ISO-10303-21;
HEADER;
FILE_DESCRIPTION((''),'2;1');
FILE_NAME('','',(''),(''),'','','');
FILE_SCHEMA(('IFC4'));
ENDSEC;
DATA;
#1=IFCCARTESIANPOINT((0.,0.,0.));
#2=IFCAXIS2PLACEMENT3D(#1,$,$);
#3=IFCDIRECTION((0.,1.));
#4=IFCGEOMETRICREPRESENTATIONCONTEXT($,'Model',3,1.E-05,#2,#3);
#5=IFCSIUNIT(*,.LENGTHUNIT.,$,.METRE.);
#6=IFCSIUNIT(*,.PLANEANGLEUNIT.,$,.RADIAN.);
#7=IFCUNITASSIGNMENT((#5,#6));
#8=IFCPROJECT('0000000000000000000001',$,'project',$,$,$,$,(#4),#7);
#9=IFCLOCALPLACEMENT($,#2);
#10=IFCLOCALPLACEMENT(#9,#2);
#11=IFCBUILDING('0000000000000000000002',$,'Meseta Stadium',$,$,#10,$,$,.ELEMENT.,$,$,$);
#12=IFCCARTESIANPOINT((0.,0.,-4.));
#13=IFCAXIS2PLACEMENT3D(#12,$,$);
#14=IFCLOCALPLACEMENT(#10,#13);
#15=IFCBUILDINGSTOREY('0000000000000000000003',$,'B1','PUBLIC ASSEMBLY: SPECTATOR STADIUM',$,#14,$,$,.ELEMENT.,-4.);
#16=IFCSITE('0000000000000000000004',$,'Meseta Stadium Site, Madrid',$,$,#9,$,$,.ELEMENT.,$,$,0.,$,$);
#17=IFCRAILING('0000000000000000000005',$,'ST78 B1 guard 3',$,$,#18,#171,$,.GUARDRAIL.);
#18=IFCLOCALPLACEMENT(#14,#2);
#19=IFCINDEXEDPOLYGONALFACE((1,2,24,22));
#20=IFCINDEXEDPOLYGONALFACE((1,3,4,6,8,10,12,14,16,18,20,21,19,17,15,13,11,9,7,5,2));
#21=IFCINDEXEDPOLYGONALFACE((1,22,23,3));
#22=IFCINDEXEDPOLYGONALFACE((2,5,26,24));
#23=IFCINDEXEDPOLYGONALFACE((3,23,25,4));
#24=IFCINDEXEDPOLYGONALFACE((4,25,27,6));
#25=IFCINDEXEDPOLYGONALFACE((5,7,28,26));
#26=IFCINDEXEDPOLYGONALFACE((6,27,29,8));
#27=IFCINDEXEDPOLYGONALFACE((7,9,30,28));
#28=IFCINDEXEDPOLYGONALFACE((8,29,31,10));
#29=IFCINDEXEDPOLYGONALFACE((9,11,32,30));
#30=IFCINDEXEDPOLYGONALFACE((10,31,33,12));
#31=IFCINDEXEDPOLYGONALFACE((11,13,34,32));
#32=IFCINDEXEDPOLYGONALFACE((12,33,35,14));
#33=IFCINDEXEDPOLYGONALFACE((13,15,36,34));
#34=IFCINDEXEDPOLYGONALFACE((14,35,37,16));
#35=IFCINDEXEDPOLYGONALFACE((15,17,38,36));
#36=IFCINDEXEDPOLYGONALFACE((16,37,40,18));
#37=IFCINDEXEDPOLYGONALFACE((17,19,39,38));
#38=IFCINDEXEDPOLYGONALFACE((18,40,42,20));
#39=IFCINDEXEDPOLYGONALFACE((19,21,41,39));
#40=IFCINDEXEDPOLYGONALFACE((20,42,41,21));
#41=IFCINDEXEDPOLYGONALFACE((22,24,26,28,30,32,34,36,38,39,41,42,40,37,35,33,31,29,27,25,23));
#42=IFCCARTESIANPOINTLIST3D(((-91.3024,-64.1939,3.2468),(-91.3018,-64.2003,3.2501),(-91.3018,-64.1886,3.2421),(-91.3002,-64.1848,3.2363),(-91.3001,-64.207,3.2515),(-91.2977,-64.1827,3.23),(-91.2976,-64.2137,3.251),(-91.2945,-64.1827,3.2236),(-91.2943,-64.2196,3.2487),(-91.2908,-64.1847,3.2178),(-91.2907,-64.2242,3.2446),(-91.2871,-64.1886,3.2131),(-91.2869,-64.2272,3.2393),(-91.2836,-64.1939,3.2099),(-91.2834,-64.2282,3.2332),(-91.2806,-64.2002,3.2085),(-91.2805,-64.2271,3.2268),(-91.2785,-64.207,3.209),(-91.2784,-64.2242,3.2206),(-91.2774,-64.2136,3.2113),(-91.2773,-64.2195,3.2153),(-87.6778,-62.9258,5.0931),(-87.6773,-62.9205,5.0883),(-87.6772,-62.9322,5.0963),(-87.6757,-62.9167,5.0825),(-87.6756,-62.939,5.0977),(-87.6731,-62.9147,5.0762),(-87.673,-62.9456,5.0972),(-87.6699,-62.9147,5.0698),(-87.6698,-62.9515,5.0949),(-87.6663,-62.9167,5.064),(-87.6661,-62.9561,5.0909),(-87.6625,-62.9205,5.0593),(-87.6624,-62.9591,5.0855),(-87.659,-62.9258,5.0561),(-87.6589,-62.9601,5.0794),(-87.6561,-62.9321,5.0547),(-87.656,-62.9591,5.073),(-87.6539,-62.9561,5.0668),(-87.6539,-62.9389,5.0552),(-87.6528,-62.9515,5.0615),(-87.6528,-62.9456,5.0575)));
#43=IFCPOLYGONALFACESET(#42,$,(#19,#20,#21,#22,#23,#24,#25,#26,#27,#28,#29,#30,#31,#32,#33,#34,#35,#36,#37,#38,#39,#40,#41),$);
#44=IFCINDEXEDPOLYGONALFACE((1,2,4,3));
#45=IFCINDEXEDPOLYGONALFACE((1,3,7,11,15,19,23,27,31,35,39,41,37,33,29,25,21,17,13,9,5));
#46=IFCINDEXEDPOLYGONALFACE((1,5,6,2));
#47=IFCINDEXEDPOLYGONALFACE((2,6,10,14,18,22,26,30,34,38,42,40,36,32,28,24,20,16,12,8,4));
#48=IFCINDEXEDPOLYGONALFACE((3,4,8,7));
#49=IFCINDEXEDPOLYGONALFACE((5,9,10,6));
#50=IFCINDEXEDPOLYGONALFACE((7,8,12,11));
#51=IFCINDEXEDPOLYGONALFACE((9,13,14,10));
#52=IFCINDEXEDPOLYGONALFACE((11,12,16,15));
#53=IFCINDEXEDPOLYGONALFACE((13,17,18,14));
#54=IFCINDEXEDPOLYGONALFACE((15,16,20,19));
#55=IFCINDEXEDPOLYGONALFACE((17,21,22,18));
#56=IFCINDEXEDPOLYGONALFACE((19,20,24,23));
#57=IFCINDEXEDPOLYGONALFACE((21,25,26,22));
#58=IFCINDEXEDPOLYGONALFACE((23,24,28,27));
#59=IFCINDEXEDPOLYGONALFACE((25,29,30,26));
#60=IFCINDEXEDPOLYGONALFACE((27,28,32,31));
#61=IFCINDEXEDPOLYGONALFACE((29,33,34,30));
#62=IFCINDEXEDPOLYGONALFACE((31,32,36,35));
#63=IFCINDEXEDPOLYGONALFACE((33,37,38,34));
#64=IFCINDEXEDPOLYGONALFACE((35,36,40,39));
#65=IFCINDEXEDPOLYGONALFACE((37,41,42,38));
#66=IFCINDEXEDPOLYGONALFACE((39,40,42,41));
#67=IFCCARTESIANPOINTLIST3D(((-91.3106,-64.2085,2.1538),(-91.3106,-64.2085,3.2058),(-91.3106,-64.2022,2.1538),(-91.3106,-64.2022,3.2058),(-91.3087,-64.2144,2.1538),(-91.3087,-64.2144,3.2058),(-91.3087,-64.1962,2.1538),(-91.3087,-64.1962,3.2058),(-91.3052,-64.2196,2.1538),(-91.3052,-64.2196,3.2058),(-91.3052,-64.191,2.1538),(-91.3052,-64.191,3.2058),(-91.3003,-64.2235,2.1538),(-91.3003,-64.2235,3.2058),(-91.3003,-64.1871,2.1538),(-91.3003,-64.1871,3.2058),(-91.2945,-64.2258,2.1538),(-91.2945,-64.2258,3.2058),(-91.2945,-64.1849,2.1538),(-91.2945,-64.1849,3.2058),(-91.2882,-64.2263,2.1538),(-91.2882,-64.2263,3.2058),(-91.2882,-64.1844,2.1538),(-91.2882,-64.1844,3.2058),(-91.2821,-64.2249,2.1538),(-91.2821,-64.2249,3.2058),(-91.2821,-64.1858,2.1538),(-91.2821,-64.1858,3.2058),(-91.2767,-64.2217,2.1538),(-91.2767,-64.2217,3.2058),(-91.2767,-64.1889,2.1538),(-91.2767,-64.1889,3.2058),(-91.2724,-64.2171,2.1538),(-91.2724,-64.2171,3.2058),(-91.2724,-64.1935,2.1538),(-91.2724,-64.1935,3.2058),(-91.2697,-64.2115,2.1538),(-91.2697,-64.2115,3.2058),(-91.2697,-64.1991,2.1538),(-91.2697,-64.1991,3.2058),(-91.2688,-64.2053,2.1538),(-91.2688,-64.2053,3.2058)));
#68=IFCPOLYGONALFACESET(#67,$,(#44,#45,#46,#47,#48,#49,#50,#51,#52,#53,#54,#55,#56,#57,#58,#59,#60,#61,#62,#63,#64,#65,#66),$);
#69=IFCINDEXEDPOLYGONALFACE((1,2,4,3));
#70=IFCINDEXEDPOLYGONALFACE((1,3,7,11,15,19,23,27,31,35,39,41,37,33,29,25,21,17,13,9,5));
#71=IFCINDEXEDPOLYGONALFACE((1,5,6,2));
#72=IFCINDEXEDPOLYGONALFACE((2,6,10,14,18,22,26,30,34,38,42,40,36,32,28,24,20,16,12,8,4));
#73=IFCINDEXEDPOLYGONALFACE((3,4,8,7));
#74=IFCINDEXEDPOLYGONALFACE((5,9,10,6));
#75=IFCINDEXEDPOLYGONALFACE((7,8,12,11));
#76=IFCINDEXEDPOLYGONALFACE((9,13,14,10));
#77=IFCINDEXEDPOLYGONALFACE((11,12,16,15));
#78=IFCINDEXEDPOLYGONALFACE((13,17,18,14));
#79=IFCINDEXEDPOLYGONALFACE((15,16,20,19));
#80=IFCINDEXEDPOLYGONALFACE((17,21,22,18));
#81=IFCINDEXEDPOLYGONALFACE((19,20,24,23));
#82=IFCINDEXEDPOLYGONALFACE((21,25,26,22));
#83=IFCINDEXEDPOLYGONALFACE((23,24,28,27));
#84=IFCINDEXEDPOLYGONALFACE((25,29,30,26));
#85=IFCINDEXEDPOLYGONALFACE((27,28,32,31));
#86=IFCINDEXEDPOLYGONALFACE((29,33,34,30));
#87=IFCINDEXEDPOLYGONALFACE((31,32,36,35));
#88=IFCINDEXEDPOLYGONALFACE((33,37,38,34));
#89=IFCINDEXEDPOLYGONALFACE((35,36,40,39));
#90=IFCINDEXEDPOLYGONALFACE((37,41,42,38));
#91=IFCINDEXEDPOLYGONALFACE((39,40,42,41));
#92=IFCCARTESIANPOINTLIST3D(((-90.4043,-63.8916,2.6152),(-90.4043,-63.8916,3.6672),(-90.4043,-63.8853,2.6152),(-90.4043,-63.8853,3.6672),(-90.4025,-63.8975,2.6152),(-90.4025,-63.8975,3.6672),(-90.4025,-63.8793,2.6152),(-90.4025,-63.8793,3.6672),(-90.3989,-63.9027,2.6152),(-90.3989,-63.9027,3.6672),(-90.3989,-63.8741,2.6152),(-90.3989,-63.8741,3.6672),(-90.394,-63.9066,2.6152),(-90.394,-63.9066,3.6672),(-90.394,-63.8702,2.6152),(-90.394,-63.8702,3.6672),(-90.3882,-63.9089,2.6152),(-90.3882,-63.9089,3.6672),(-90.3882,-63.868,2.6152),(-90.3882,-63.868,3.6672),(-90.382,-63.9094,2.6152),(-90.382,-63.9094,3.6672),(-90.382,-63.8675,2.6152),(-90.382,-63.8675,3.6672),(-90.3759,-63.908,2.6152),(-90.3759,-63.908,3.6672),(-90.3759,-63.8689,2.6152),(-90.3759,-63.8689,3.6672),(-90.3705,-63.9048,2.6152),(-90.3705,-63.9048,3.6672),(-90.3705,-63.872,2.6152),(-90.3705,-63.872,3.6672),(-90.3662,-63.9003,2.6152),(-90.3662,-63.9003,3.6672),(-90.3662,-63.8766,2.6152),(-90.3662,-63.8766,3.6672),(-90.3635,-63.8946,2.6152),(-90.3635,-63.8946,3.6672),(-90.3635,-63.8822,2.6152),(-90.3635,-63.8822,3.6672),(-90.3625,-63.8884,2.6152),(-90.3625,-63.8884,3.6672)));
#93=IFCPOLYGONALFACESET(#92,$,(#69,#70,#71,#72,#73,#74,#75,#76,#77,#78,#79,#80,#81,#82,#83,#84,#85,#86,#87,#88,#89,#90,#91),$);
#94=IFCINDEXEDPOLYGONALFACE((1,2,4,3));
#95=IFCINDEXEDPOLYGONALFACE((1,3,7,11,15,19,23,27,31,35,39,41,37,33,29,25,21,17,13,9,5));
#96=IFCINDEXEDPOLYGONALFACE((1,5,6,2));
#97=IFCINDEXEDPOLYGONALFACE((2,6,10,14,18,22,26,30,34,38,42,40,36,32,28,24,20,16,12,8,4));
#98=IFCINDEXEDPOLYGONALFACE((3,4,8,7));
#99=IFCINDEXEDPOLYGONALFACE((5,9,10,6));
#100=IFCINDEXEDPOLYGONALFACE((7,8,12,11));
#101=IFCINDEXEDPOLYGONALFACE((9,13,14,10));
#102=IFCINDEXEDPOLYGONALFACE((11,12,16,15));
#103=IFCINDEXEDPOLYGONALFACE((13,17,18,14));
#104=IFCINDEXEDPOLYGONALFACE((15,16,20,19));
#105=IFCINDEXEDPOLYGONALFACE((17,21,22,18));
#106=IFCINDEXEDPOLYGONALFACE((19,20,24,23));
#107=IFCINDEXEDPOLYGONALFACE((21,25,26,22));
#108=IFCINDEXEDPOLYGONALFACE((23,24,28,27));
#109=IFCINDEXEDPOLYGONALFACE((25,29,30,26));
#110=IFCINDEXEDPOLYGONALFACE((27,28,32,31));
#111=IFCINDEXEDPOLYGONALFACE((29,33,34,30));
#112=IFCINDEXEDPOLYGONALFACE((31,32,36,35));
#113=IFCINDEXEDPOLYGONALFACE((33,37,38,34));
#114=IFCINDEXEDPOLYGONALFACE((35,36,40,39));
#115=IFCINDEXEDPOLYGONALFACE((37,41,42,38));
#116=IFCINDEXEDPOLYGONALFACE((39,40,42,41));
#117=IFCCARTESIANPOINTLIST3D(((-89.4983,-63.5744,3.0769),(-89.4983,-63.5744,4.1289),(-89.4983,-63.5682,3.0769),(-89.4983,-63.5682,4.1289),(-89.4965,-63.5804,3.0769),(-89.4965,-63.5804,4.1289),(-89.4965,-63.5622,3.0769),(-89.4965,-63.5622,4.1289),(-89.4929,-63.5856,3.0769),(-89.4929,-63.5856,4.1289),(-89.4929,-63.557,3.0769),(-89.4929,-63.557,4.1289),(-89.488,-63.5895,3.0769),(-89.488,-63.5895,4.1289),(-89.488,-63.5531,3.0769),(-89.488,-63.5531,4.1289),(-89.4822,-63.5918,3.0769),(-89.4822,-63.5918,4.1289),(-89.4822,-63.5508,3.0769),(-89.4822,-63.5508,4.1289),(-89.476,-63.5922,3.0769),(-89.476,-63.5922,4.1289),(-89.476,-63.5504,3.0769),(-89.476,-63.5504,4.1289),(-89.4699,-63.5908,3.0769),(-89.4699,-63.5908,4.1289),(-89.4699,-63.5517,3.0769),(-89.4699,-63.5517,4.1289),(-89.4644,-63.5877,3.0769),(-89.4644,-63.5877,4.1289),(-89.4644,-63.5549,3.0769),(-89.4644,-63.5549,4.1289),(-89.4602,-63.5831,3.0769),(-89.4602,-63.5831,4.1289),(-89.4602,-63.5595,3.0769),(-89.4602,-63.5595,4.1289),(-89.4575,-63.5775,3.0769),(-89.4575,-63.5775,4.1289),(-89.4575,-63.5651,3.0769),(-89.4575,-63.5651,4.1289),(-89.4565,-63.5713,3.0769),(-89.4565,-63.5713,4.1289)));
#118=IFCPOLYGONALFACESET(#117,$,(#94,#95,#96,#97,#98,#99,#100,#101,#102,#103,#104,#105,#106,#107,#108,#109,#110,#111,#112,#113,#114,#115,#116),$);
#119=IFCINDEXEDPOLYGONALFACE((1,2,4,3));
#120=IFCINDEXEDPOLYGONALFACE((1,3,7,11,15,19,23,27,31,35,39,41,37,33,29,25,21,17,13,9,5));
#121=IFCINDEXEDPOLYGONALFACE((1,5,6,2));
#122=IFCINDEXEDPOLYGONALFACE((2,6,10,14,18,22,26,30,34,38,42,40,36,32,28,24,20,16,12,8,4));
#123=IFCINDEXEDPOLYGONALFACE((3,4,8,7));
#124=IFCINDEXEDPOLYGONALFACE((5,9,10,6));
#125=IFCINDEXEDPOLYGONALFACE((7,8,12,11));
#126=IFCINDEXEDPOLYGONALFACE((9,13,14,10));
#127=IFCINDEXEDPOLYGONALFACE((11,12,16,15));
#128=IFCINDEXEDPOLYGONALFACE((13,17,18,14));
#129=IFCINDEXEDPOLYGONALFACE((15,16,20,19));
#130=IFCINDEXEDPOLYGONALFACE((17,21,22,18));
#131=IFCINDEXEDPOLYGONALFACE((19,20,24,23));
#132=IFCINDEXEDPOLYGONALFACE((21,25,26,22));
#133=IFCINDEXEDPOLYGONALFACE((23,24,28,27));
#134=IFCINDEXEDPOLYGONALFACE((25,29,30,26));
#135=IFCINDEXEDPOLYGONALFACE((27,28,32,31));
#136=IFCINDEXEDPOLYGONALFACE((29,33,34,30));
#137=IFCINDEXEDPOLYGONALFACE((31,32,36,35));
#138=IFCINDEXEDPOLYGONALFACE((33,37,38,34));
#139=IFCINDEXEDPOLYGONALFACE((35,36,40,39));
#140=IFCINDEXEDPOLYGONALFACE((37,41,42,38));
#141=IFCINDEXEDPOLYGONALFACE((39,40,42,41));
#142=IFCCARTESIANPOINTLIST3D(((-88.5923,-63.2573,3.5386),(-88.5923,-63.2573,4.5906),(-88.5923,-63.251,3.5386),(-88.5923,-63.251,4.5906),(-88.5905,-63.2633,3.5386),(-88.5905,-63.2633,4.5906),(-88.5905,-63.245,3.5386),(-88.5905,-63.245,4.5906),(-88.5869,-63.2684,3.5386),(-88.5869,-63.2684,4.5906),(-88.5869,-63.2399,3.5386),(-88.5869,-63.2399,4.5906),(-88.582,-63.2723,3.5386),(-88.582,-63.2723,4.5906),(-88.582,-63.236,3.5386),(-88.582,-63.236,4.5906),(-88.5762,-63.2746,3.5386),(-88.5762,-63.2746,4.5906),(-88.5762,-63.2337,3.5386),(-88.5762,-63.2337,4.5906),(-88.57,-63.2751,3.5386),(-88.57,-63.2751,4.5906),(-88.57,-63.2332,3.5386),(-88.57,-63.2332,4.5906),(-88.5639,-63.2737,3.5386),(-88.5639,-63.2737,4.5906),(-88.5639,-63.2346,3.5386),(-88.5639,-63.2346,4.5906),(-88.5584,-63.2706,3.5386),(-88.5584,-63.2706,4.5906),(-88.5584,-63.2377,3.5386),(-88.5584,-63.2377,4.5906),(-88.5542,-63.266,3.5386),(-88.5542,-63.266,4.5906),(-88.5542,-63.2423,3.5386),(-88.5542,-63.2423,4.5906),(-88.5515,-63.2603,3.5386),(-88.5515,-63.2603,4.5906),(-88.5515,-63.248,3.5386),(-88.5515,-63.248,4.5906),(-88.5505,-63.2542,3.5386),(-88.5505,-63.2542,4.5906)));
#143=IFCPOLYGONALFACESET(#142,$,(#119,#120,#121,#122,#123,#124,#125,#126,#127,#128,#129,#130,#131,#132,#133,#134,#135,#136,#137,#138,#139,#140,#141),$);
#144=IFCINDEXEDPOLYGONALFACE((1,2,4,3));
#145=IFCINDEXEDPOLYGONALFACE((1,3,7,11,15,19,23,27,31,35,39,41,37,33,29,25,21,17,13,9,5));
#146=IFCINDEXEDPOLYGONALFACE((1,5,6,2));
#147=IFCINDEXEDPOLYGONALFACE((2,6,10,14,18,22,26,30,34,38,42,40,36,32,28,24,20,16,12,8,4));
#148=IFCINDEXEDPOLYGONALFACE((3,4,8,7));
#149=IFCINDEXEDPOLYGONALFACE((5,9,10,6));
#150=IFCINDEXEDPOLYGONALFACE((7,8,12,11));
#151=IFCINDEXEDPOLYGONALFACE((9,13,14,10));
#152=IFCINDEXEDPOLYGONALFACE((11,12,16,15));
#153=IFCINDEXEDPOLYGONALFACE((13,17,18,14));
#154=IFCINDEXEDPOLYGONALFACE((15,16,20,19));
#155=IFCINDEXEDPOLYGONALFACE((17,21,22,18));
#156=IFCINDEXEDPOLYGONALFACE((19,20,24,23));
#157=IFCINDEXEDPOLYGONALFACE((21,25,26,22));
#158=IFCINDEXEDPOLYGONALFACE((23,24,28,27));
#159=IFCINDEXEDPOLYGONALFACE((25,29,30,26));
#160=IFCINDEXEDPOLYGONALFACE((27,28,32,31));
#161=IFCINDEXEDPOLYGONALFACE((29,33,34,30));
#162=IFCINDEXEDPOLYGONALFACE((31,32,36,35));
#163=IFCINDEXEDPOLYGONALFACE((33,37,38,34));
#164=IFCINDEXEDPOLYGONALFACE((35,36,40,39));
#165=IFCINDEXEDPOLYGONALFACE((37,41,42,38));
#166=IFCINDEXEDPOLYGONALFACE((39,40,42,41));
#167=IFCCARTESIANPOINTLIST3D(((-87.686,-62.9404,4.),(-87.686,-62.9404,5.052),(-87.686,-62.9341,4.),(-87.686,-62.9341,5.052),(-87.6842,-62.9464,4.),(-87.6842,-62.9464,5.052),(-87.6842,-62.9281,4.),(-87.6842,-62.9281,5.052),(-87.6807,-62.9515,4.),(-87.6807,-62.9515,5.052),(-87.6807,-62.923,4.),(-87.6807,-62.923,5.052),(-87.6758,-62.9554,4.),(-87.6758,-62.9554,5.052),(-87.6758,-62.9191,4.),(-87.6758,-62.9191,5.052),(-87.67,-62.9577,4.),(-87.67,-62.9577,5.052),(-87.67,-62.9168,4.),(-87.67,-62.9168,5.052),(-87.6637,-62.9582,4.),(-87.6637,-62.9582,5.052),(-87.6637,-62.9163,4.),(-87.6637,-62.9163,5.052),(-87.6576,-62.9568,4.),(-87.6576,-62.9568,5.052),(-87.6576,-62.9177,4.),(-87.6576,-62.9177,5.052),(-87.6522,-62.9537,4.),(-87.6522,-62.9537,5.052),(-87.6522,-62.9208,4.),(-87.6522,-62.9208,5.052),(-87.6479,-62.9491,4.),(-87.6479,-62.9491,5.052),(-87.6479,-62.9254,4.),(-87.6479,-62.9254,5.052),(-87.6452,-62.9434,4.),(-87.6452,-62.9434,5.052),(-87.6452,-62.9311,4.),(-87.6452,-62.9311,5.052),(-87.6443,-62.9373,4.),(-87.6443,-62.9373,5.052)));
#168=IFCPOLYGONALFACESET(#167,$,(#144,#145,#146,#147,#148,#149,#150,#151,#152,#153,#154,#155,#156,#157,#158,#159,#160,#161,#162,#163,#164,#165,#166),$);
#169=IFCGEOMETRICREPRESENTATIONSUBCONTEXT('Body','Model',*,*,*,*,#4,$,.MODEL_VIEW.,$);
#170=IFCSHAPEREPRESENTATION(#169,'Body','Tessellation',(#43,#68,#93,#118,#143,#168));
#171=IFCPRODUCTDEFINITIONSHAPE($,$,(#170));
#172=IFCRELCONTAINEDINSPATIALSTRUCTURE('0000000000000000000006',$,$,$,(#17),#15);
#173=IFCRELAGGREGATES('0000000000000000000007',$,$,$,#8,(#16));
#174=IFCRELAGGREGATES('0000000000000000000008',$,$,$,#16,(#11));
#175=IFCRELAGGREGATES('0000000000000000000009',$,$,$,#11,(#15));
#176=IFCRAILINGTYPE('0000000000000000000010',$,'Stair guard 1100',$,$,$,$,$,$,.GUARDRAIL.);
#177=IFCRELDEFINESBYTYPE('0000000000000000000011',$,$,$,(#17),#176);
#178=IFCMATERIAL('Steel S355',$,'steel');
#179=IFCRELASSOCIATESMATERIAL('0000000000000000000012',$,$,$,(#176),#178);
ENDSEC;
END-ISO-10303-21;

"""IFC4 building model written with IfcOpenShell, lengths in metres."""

from ifc_helpers import new_model, si_unit, direction, frame, origin, origin_2d, place, context, subcontext, project, spatial, circle, extrude, material, type_object, element, save


model = new_model("IFC4")

# Units and contexts
model_context = context("Model", 3, precision=1e-05, world=origin(), true_north=direction((0.0, 1.0)))
body_context = subcontext(model_context, "Body", "Model", "MODEL_VIEW")
ifc_project = project(units=[si_unit("LENGTHUNIT", "METRE"), si_unit("PLANEANGLEUNIT", "RADIAN")], contexts=[model_context])

# Site, building, storey
site_placement = place(None, origin())
site = spatial("IfcSite", under=ifc_project, at=site_placement, Name="Meseta Stadium Site, Madrid", CompositionType="ELEMENT", RefElevation=0.0)
building_placement = place(site_placement, origin())
building = spatial("IfcBuilding", under=site, at=building_placement, Name="Meseta Stadium", CompositionType="ELEMENT")
storey_placement = place(building_placement, frame((0.0, 0.0, -4.0)))
storey = spatial("IfcBuildingStorey", under=building, at=storey_placement, Name="B1", Description="PUBLIC ASSEMBLY: SPECTATOR STADIUM", CompositionType="ELEMENT", Elevation=-4.0)

# Railing
ifc_material_1 = material(Name="Steel S355", Category="steel")
railing_type_1 = type_object("IfcRailingType", Name="Stair guard 1100", PredefinedType="GUARDRAIL", material=ifc_material_1)
railing_1_placement = place(storey_placement, frame((-91.2898, -64.2053, 2.1538)))
element("IfcRailing", 1, at=railing_1_placement, inside=storey, type_object=railing_type_1, Name="ST78 B1 guard 3", PredefinedType="GUARDRAIL", context=body_context, shape_type="SweptSolid", body=[
    extrude(circle(Radius=0.0239, at=origin_2d()), frame((0.0, 0.0, 1.0762), z_axis=(0.850686, 0.29762, 0.433308), x_axis=(-0.330231, 0.9439, 0.0)), (0.0, 0.0, 1.0), 4.2607),
    extrude(circle(Radius=0.021, at=origin_2d()), origin(), (0.0, 0.0, 1.0), 1.052),
    extrude(circle(Radius=0.021, at=origin_2d()), frame((0.9062, 0.3169, 0.4614)), (0.0, 0.0, 1.0), 1.052),
    extrude(circle(Radius=0.021, at=origin_2d()), frame((1.8123, 0.634, 0.9231)), (0.0, 0.0, 1.0), 1.052),
    extrude(circle(Radius=0.021, at=origin_2d()), frame((2.7183, 0.9512, 1.3848)), (0.0, 0.0, 1.0), 1.052),
    extrude(circle(Radius=0.021, at=origin_2d()), frame((3.6245, 1.2681, 1.8462)), (0.0, 0.0, 1.0), 1.052),
])

save(model, "model.ifc")
